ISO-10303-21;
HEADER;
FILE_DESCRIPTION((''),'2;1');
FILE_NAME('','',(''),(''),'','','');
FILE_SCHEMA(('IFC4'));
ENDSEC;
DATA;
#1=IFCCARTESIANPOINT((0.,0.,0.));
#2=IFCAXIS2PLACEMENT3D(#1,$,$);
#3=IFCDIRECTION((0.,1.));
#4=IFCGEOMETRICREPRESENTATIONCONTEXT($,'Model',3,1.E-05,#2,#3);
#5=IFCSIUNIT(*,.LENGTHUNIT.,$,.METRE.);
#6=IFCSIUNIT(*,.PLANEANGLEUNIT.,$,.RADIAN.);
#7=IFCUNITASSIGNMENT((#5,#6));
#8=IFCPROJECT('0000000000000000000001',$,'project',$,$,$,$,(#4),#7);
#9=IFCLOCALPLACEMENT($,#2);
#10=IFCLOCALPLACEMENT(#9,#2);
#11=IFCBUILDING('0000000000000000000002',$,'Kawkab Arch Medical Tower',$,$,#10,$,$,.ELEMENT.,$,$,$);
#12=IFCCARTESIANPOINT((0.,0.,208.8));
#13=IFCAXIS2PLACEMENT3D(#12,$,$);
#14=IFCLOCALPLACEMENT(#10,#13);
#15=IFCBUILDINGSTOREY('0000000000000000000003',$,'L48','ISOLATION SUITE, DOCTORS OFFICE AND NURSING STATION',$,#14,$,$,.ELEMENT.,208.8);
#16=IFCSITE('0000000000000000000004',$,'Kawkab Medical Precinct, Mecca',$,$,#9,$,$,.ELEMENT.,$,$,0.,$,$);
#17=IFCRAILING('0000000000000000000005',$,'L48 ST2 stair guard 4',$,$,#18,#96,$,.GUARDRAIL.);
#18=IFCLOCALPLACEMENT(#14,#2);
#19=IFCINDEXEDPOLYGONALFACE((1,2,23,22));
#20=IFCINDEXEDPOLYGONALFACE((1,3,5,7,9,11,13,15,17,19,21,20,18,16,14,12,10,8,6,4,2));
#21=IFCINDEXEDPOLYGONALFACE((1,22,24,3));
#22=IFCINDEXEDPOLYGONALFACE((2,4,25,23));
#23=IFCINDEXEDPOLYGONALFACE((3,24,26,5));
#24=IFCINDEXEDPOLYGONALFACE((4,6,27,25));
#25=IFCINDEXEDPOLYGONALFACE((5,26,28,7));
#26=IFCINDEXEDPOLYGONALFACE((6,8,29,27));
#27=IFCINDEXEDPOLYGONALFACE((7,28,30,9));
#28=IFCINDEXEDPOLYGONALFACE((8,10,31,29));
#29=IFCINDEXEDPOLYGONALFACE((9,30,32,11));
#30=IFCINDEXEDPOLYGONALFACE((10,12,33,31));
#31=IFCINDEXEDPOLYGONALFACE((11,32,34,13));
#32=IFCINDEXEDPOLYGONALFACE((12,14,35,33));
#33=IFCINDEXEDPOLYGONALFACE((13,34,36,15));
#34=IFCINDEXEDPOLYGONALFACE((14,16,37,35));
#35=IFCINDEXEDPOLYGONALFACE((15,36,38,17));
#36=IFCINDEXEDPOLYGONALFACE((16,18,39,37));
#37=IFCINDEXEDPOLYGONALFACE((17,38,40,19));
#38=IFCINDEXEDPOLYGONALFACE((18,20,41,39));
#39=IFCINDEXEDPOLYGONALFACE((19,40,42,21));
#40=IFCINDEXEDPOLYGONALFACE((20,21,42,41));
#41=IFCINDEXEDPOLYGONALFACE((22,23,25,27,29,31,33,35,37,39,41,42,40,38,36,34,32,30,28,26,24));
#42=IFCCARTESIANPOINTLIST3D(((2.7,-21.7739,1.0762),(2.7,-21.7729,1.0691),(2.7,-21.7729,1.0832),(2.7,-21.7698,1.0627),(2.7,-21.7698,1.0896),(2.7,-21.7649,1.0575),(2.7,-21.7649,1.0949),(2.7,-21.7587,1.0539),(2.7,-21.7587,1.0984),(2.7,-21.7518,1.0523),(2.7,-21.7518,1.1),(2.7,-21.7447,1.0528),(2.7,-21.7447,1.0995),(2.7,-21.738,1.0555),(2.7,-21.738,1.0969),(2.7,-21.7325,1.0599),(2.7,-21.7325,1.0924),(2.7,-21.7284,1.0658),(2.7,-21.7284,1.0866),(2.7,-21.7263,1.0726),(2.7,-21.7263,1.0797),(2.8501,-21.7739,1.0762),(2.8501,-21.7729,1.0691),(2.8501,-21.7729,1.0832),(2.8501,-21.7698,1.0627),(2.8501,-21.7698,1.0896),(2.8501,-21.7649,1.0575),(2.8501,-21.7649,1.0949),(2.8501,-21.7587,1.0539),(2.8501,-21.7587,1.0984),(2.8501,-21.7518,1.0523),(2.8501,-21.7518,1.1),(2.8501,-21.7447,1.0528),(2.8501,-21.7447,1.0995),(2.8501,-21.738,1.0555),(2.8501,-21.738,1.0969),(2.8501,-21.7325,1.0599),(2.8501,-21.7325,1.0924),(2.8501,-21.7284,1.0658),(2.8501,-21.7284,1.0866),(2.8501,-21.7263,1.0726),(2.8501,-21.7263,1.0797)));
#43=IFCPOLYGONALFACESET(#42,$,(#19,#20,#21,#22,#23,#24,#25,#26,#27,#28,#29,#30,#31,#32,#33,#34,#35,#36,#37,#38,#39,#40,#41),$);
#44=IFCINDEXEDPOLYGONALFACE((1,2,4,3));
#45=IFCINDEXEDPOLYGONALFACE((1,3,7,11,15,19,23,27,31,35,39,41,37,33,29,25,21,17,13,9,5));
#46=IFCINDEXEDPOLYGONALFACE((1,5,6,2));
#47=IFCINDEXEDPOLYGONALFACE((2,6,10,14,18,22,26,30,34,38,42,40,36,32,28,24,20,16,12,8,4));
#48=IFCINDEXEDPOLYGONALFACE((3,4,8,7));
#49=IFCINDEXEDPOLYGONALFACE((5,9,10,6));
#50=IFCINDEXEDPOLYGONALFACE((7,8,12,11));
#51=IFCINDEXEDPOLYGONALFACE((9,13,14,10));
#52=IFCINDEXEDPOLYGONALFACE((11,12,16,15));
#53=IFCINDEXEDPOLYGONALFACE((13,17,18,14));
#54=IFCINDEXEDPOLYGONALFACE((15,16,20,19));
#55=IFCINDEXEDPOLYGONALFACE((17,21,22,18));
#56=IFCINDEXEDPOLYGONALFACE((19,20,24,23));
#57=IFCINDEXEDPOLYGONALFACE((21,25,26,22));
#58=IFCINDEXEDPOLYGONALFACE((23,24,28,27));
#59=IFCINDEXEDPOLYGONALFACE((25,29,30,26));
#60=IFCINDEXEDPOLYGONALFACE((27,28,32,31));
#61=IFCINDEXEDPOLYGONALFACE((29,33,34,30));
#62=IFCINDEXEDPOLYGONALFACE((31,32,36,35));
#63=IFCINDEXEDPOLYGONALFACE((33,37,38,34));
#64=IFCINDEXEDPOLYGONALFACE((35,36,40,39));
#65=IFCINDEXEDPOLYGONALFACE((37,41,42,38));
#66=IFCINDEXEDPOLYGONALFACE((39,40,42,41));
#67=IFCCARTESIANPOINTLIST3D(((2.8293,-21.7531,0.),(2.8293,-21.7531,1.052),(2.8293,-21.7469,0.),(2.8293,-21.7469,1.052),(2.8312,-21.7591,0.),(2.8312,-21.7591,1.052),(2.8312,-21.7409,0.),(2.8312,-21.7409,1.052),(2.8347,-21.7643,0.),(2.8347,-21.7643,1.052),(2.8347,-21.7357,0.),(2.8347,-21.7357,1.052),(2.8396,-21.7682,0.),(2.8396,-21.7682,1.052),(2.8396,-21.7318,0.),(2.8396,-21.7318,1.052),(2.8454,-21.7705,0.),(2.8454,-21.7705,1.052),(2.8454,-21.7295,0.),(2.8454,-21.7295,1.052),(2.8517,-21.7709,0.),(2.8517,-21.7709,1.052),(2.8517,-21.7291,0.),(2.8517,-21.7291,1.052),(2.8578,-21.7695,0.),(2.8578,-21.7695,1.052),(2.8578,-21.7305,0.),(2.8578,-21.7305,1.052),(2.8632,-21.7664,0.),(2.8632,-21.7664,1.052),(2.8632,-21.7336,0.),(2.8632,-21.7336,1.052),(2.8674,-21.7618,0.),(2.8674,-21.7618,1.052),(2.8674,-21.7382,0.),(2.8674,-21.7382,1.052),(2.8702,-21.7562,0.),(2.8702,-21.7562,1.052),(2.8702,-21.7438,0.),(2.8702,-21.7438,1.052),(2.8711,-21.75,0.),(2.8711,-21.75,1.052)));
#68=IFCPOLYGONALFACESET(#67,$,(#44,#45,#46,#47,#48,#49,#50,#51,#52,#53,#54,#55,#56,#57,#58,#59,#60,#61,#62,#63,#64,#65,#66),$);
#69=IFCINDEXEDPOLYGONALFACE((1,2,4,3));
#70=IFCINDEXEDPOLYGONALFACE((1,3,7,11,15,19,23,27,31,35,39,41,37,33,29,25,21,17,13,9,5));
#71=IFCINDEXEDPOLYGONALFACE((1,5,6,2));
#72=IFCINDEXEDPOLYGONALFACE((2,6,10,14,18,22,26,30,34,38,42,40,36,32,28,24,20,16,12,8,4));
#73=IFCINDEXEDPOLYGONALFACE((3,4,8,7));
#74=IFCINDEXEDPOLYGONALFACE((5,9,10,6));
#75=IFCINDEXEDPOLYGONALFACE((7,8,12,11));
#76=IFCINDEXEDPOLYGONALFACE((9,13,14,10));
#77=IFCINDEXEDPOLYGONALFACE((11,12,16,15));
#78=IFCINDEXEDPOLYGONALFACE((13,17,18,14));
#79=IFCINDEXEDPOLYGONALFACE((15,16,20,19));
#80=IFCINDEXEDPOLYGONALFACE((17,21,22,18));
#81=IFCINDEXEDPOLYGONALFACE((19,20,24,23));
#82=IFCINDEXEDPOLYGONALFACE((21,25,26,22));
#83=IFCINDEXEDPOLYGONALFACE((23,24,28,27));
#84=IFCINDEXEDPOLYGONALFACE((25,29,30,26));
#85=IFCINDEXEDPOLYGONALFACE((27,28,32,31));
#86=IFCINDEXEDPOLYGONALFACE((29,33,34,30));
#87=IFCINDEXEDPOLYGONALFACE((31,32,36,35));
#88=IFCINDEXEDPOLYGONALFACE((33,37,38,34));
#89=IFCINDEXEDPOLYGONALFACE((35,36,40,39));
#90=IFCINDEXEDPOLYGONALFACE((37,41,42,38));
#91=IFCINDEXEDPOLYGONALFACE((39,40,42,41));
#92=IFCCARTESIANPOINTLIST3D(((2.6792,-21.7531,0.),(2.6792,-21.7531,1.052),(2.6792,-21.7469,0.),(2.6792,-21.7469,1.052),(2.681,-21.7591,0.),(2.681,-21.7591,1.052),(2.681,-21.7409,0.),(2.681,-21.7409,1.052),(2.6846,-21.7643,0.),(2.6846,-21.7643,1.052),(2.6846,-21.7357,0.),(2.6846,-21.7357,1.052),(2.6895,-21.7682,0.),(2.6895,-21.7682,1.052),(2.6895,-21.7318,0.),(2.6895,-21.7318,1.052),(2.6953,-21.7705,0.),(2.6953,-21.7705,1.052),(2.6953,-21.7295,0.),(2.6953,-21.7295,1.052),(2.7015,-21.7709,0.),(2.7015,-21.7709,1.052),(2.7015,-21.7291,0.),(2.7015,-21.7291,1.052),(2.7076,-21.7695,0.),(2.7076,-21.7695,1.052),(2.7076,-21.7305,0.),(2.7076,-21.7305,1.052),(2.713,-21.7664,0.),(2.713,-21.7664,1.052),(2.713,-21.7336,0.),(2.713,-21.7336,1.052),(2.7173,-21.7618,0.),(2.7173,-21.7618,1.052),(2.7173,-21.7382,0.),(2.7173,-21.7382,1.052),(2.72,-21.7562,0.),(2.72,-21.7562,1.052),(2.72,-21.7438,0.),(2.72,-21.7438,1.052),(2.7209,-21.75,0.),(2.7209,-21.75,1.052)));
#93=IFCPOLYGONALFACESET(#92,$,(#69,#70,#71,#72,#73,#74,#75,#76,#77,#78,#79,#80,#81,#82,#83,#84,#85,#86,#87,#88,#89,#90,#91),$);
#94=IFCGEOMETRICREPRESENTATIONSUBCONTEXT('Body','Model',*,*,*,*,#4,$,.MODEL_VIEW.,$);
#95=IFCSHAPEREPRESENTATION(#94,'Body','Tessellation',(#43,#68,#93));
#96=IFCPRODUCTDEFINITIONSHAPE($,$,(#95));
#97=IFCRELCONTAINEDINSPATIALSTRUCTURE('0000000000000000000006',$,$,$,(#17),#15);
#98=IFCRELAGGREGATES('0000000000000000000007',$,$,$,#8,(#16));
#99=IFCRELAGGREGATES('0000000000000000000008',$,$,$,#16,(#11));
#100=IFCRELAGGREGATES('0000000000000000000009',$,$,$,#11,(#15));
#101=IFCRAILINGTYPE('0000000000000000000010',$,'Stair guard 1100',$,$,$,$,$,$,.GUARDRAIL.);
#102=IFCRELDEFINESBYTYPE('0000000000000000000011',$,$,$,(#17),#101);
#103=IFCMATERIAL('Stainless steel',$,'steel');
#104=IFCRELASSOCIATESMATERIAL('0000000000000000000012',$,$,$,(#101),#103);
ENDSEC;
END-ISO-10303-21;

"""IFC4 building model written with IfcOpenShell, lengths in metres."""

from ifc_helpers import new_model, si_unit, direction, frame, origin, origin_2d, place, context, subcontext, project, spatial, circle, extrude, material, type_object, element, save


model = new_model("IFC4")

# Units and contexts
model_context = context("Model", 3, precision=1e-05, world=origin(), true_north=direction((0.0, 1.0)))
body_context = subcontext(model_context, "Body", "Model", "MODEL_VIEW")
ifc_project = project(units=[si_unit("LENGTHUNIT", "METRE"), si_unit("PLANEANGLEUNIT", "RADIAN")], contexts=[model_context])

# Site, building, storey
site_placement = place(None, origin())
site = spatial("IfcSite", under=ifc_project, at=site_placement, Name="Kawkab Medical Precinct, Mecca", CompositionType="ELEMENT", RefElevation=0.0)
building_placement = place(site_placement, origin())
building = spatial("IfcBuilding", under=site, at=building_placement, Name="Kawkab Arch Medical Tower", CompositionType="ELEMENT")
storey_placement = place(building_placement, frame((0.0, 0.0, 208.8)))
storey = spatial("IfcBuildingStorey", under=building, at=storey_placement, Name="L48", Description="ISOLATION SUITE, DOCTORS OFFICE AND NURSING STATION", CompositionType="ELEMENT", Elevation=208.8)

# Railing
ifc_material_1 = material(Name="Stainless steel", Category="steel")
railing_type = type_object("IfcRailingType", Name="Stair guard 1100", PredefinedType="GUARDRAIL", material=ifc_material_1)
railing_1_placement = place(storey_placement, frame((2.8501, -21.75, 0.0)))
element("IfcRailing", 1, at=railing_1_placement, inside=storey, type_object=railing_type, Name="L48 ST2 stair guard 4", PredefinedType="GUARDRAIL", context=body_context, shape_type="SweptSolid", body=[
    extrude(circle(Radius=0.0239, at=origin_2d()), frame((0.0, 0.0, 1.0762), z_axis=(-1.0, 0.0, 0.0), x_axis=(0.0, -1.0, 0.0)), (0.0, 0.0, 1.0), 0.1501),
    extrude(circle(Radius=0.021, at=origin_2d()), origin(), (0.0, 0.0, 1.0), 1.052),
    extrude(circle(Radius=0.021, at=origin_2d()), frame((-0.1501, 0.0, 0.0)), (0.0, 0.0, 1.0), 1.052),
])

save(model, "model.ifc")
